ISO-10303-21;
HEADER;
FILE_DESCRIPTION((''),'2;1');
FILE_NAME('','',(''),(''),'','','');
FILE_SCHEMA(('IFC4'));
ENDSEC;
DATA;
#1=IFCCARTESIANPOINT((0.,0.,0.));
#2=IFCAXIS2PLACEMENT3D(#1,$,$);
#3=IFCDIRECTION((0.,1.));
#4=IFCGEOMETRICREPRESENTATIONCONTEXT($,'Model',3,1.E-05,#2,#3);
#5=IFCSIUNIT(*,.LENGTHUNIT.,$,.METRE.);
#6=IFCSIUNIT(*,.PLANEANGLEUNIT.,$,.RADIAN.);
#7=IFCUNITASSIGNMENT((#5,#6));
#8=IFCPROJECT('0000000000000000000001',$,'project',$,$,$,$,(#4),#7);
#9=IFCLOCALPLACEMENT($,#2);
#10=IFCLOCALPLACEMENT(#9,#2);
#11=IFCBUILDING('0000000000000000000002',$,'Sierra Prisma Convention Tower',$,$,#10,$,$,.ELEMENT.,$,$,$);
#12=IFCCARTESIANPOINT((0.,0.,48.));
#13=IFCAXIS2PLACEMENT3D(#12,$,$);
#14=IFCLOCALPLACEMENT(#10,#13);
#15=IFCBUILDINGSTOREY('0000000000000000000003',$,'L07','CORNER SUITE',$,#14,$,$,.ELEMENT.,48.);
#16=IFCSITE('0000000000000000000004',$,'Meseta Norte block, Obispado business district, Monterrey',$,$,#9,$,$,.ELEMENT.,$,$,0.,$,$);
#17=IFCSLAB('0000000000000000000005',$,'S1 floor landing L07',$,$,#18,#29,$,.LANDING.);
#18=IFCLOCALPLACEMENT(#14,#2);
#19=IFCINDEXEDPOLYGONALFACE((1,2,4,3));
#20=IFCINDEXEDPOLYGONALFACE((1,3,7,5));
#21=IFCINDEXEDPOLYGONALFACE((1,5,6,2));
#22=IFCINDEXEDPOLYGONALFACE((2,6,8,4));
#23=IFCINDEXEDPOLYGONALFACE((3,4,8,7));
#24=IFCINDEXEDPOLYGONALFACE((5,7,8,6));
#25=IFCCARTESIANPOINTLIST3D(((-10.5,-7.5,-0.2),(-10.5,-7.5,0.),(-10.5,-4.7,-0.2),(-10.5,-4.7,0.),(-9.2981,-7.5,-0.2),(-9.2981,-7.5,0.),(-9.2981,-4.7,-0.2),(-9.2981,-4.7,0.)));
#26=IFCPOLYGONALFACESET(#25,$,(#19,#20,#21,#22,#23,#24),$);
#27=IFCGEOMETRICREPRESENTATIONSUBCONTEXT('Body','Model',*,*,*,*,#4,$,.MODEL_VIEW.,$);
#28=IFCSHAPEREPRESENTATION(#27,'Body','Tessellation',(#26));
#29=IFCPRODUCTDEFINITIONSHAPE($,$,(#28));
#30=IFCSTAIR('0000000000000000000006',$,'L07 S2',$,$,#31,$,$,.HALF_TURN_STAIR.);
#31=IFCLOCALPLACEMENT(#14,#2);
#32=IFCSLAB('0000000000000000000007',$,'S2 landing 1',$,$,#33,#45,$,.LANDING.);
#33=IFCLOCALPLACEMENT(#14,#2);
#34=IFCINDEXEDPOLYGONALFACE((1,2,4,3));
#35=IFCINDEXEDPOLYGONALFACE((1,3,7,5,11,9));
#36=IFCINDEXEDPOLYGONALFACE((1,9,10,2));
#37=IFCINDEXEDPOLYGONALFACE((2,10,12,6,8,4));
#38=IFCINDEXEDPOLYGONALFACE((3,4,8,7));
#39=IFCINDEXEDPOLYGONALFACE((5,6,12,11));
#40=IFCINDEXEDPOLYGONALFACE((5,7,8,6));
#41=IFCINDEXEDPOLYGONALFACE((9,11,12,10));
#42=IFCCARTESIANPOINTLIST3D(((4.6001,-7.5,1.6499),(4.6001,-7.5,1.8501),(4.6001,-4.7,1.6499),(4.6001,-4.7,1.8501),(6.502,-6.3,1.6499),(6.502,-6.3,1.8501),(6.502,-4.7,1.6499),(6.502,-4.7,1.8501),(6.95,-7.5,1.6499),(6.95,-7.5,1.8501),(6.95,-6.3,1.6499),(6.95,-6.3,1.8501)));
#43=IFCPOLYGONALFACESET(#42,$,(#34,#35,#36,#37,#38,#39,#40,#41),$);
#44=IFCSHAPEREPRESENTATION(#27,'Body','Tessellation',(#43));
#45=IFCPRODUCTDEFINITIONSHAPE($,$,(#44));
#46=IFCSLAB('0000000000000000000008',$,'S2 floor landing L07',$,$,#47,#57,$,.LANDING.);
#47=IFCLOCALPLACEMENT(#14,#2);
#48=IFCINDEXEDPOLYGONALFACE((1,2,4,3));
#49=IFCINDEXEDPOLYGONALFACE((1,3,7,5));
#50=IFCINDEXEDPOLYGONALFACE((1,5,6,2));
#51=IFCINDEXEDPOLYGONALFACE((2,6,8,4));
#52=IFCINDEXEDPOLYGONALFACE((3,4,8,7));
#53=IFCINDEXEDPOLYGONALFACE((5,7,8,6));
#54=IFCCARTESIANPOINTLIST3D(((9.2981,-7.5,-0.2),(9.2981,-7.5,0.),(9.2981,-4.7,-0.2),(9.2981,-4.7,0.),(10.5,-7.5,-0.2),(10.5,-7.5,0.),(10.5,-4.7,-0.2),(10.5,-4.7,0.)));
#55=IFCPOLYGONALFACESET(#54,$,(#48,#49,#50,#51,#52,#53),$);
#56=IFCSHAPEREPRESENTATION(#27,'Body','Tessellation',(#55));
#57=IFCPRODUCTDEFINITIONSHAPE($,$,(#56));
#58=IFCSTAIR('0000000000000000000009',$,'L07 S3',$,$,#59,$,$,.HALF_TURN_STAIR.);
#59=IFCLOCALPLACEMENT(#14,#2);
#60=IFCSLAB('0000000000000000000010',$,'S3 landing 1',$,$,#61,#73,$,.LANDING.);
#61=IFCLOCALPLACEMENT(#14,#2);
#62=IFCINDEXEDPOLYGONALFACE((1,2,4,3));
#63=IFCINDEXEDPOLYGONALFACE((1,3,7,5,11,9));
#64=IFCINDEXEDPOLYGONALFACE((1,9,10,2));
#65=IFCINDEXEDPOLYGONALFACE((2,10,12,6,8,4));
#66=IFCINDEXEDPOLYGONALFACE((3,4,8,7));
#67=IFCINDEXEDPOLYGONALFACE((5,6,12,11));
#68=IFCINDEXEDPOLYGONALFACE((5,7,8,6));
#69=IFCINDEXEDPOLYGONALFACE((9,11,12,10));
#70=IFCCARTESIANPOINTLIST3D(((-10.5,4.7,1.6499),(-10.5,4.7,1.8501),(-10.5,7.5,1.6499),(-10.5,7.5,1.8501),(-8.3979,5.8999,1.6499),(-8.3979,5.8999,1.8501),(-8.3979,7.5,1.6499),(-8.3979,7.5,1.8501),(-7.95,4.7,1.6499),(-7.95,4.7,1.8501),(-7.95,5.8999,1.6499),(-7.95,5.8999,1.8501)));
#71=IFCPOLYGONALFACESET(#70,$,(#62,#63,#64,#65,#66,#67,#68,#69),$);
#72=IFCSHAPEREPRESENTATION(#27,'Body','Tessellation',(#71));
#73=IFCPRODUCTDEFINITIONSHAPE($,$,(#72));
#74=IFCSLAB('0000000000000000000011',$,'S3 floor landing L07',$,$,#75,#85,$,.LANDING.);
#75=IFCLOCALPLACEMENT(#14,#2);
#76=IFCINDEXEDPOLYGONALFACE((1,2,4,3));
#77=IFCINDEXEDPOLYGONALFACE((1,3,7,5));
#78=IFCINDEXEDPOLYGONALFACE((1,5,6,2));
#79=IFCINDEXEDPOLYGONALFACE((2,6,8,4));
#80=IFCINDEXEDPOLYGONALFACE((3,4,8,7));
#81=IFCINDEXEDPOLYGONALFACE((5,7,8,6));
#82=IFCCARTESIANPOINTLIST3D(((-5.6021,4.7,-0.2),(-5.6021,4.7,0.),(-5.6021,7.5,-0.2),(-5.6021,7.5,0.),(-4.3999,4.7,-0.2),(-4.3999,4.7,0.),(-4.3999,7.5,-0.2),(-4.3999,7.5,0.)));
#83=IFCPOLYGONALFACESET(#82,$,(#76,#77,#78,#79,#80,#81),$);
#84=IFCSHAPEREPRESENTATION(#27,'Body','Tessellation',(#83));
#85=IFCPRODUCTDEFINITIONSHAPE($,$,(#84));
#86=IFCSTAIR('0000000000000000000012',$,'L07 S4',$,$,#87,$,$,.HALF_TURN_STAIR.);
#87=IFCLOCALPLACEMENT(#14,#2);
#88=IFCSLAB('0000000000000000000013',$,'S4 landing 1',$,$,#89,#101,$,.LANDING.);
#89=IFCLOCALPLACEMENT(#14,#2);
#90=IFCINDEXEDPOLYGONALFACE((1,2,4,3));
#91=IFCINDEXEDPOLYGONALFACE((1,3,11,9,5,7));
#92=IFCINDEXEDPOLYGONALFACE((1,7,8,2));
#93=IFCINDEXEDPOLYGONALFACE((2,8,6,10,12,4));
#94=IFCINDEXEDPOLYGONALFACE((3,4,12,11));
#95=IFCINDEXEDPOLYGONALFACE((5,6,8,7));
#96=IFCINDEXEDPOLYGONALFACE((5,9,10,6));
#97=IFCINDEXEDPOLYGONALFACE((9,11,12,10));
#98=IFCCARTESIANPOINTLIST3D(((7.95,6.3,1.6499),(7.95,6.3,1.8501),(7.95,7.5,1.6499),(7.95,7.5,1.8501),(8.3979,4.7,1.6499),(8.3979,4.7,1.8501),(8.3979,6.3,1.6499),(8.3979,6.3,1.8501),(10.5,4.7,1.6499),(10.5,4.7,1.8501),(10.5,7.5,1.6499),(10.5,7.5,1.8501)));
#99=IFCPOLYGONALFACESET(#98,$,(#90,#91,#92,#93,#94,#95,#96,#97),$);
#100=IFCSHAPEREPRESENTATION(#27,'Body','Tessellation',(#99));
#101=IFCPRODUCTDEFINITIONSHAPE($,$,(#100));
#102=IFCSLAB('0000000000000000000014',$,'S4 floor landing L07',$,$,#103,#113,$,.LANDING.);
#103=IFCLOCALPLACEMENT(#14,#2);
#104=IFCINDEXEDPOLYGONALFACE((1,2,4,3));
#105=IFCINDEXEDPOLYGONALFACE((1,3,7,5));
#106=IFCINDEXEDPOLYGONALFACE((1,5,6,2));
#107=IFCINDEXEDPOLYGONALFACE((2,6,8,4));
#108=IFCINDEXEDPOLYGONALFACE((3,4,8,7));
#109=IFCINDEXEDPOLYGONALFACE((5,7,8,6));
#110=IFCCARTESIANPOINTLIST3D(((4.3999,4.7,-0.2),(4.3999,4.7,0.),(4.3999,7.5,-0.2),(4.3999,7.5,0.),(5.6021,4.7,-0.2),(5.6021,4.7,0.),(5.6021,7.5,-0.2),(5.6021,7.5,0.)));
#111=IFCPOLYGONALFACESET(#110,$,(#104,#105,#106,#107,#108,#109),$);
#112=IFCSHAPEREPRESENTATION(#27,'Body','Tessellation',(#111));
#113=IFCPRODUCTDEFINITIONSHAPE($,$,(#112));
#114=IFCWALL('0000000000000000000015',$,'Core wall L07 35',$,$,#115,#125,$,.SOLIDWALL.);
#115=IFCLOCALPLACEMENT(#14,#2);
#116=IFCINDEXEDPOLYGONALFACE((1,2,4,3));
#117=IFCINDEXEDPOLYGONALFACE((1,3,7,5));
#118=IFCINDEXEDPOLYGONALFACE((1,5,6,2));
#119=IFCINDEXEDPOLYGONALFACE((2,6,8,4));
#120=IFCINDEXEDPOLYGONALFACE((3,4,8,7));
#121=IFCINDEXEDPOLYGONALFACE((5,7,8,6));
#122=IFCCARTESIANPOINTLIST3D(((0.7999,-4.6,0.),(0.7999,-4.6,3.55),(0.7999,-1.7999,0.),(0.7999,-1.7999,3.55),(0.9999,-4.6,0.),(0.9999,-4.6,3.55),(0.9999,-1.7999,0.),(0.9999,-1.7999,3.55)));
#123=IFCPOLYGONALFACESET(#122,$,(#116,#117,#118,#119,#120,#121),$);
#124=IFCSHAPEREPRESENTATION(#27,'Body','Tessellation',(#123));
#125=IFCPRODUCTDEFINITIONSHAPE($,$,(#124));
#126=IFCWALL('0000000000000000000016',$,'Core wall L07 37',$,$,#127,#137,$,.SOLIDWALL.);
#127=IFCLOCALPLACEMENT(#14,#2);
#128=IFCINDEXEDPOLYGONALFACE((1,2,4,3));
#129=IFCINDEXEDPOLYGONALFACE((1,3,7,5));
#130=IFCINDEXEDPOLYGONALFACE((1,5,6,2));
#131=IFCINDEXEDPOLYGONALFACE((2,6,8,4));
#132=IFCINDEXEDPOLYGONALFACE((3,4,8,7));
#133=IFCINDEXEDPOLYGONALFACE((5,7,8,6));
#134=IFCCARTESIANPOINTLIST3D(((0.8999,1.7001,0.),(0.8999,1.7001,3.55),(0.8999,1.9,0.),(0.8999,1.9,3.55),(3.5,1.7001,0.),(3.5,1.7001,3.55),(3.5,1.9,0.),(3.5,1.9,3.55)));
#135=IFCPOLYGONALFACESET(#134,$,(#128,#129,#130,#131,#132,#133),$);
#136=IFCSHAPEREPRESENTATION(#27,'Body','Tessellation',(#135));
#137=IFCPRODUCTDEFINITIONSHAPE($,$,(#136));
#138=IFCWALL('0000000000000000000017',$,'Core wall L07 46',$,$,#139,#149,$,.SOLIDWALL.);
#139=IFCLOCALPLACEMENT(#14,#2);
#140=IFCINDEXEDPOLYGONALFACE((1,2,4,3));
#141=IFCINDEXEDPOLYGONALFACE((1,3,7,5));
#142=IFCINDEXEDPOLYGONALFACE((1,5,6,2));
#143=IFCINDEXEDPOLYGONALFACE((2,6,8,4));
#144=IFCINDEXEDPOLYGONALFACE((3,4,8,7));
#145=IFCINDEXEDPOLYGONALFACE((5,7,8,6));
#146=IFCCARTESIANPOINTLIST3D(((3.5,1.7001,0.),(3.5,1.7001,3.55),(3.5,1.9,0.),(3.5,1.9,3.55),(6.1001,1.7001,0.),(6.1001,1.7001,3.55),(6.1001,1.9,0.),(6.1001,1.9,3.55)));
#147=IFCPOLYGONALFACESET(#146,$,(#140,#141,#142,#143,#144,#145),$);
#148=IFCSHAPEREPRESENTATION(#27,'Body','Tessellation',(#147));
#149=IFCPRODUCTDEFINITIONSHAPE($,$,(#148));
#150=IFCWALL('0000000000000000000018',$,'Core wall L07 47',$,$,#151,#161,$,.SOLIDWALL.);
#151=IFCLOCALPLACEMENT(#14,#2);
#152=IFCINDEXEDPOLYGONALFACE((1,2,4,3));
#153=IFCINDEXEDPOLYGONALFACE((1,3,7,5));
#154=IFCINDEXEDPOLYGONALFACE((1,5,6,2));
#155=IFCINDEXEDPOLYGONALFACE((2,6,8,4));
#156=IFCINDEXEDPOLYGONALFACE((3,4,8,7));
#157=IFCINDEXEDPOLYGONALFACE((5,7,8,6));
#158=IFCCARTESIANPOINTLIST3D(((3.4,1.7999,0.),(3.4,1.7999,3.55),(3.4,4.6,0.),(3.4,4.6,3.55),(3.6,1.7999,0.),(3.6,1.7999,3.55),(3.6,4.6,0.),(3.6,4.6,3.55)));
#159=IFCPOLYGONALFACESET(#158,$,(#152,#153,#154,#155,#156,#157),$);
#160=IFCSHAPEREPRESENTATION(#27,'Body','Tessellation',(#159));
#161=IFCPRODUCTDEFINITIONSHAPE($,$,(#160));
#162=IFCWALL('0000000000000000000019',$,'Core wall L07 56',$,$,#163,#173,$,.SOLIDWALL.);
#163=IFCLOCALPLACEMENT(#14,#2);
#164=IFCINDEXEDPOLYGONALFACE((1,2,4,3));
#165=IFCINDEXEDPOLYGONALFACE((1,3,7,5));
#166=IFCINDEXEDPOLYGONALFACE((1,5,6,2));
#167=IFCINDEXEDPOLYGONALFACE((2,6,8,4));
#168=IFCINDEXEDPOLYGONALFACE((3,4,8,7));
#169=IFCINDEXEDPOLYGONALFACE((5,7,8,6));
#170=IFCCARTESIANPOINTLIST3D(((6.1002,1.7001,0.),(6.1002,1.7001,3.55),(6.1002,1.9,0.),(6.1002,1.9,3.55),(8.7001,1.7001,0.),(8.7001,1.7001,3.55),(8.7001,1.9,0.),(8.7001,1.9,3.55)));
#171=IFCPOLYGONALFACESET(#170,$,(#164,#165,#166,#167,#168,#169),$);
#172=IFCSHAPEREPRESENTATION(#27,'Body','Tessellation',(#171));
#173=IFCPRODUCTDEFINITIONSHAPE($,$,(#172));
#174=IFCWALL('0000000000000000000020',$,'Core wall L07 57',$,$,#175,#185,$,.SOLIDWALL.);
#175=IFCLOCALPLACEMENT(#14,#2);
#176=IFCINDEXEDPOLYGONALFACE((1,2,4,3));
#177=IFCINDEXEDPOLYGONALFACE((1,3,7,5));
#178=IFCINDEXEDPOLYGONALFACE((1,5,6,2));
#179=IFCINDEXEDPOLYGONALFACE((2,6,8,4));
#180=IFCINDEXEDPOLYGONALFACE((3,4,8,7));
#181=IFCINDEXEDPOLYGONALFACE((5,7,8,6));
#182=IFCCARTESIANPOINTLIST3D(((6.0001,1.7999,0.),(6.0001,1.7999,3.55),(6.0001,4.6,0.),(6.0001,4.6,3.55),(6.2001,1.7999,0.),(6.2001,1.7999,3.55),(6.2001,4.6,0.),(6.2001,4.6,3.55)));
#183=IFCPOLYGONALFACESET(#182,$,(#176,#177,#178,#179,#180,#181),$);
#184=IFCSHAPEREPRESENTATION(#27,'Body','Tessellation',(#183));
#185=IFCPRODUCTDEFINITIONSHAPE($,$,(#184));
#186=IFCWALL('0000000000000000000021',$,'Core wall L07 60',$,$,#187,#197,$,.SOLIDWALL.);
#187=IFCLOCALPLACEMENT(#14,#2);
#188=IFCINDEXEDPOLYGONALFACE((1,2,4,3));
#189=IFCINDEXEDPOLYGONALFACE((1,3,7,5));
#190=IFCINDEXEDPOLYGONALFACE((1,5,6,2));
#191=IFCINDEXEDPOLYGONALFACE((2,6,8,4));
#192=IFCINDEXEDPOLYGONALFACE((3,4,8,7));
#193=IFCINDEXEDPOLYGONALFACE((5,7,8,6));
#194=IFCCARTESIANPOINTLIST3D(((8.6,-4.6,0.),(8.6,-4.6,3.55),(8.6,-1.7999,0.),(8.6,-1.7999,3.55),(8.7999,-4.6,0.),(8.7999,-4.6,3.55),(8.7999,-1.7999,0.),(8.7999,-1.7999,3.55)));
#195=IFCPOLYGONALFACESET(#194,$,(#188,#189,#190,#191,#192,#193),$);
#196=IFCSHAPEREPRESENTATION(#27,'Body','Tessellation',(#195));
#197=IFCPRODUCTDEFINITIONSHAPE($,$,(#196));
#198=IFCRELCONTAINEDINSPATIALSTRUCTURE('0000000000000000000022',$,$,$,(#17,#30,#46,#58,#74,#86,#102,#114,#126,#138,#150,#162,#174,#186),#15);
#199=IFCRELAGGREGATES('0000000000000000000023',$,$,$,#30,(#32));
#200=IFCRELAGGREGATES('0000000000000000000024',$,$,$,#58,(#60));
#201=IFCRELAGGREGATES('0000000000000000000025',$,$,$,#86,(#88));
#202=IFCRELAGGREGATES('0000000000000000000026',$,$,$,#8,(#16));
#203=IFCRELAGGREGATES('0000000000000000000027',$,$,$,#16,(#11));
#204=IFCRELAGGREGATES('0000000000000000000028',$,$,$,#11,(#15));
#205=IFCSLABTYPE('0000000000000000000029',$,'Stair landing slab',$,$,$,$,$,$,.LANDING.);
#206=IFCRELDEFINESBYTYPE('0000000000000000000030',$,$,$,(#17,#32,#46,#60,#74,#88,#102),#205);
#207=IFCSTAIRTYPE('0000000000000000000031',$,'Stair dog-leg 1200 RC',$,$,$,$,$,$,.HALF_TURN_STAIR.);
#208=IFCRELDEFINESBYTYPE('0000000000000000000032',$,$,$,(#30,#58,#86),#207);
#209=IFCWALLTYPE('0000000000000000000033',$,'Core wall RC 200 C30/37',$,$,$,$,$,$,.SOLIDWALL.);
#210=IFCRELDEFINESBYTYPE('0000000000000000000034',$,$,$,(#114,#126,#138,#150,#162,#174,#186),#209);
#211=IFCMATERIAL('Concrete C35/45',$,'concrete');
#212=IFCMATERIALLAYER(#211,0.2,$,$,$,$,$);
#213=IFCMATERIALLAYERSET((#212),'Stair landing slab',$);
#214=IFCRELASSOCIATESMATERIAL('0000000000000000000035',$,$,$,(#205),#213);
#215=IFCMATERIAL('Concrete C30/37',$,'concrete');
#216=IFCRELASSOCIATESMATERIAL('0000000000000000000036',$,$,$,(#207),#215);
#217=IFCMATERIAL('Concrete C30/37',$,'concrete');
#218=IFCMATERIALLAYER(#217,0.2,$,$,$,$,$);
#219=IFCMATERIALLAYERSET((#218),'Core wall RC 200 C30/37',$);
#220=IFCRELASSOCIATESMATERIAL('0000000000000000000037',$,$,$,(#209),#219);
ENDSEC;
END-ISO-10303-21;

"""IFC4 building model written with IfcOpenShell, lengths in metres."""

from ifc_helpers import new_model, si_unit, direction, frame, frame_2d, origin, place, context, subcontext, project, spatial, polyline, rectangle, outline, extrude, material, layer, layer_set, type_object, element, aggregate, save


model = new_model("IFC4")

# Units and contexts
model_context = context("Model", 3, precision=1e-05, world=origin(), true_north=direction((0.0, 1.0)))
body_context = subcontext(model_context, "Body", "Model", "MODEL_VIEW")
ifc_project = project(units=[si_unit("LENGTHUNIT", "METRE"), si_unit("PLANEANGLEUNIT", "RADIAN")], contexts=[model_context])

# Site, building, storey
site_placement = place(None, origin())
site = spatial("IfcSite", under=ifc_project, at=site_placement, Name="Meseta Norte block, Obispado business district, Monterrey", CompositionType="ELEMENT", RefElevation=0.0)
building_placement = place(site_placement, origin())
building = spatial("IfcBuilding", under=site, at=building_placement, Name="Sierra Prisma Convention Tower", CompositionType="ELEMENT")
storey_placement = place(building_placement, frame((0.0, 0.0, 48.0)))
storey = spatial("IfcBuildingStorey", under=building, at=storey_placement, Name="L07", Description="CORNER SUITE", CompositionType="ELEMENT", Elevation=48.0)

# Slab
ifc_material_1 = material(Name="Concrete C35/45", Category="concrete")
ifc_layer_1 = layer(ifc_material_1, 0.2)
ifc_layer_set_1 = layer_set([ifc_layer_1], Name="Stair landing slab")
slab_type = type_object("IfcSlabType", Name="Stair landing slab", PredefinedType="LANDING", material=ifc_layer_set_1)
slab_1_placement = place(storey_placement, frame((0.0, 0.0, -0.2)))
element("IfcSlab", 1, at=slab_1_placement, inside=storey, type_object=slab_type, Name="S1 floor landing L07", PredefinedType="LANDING", context=body_context, shape_type="SweptSolid", body=[
    extrude(outline(polyline([(-10.5, -7.5), (-9.2981, -7.5), (-9.2981, -4.7), (-10.5, -4.7), (-10.5, -7.5)])), origin(), (0.0, 0.0, 1.0), 0.2),
])

# Stair, slab
ifc_material_2 = material(Name="Concrete C30/37", Category="concrete")
stair_type = type_object("IfcStairType", Name="Stair dog-leg 1200 RC", PredefinedType="HALF_TURN_STAIR", material=ifc_material_2)
stair_1_placement = place(storey_placement, origin())
stair_1 = element("IfcStair", 2, at=stair_1_placement, inside=storey, type_object=stair_type, Name="L07 S2", PredefinedType="HALF_TURN_STAIR")
slab_2_placement = place(storey_placement, frame((0.0, 0.0, 1.6499)))
slab_2 = element("IfcSlab", 3, at=slab_2_placement, type_object=slab_type, Name="S2 landing 1", PredefinedType="LANDING", context=body_context, shape_type="SweptSolid", body=[
    extrude(outline(polyline([(6.95, -6.3), (6.95, -7.5), (4.6001, -7.5), (4.6001, -4.7), (6.502, -4.7), (6.502, -6.3), (6.95, -6.3)])), origin(), (0.0, 0.0, 1.0), 0.2002),
])
aggregate(stair_1, [slab_2])

# Slab
slab_3_placement = place(storey_placement, frame((0.0, 0.0, -0.2)))
element("IfcSlab", 4, at=slab_3_placement, inside=storey, type_object=slab_type, Name="S2 floor landing L07", PredefinedType="LANDING", context=body_context, shape_type="SweptSolid", body=[
    extrude(outline(polyline([(10.5, -4.7), (9.2981, -4.7), (9.2981, -7.5), (10.5, -7.5), (10.5, -4.7)])), origin(), (0.0, 0.0, 1.0), 0.2),
])

# Stair, slab
stair_2_placement = place(storey_placement, origin())
stair_2 = element("IfcStair", 5, at=stair_2_placement, inside=storey, type_object=stair_type, Name="L07 S3", PredefinedType="HALF_TURN_STAIR")
slab_4_placement = place(storey_placement, frame((0.0, 0.0, 1.6499)))
slab_4 = element("IfcSlab", 6, at=slab_4_placement, type_object=slab_type, Name="S3 landing 1", PredefinedType="LANDING", context=body_context, shape_type="SweptSolid", body=[
    extrude(outline(polyline([(-7.95, 5.8999), (-7.95, 4.7), (-10.5, 4.7), (-10.5, 7.5), (-8.3979, 7.5), (-8.3979, 5.8999), (-7.95, 5.8999)])), origin(), (0.0, 0.0, 1.0), 0.2002),
])
aggregate(stair_2, [slab_4])

# Slab
slab_5_placement = place(storey_placement, frame((0.0, 0.0, -0.2)))
element("IfcSlab", 7, at=slab_5_placement, inside=storey, type_object=slab_type, Name="S3 floor landing L07", PredefinedType="LANDING", context=body_context, shape_type="SweptSolid", body=[
    extrude(outline(polyline([(-4.3999, 7.5), (-5.6021, 7.5), (-5.6021, 4.7), (-4.3999, 4.7), (-4.3999, 7.5)])), origin(), (0.0, 0.0, 1.0), 0.2),
])

# Stair, slab
stair_3_placement = place(storey_placement, origin())
stair_3 = element("IfcStair", 8, at=stair_3_placement, inside=storey, type_object=stair_type, Name="L07 S4", PredefinedType="HALF_TURN_STAIR")
slab_6_placement = place(storey_placement, frame((0.0, 0.0, 1.6499)))
slab_6 = element("IfcSlab", 9, at=slab_6_placement, type_object=slab_type, Name="S4 landing 1", PredefinedType="LANDING", context=body_context, shape_type="SweptSolid", body=[
    extrude(outline(polyline([(10.5, 7.5), (10.5, 4.7), (8.3979, 4.7), (8.3979, 6.3), (7.95, 6.3), (7.95, 7.5), (10.5, 7.5)])), origin(), (0.0, 0.0, 1.0), 0.2002),
])
aggregate(stair_3, [slab_6])

# Slab
slab_7_placement = place(storey_placement, frame((0.0, 0.0, -0.2)))
element("IfcSlab", 10, at=slab_7_placement, inside=storey, type_object=slab_type, Name="S4 floor landing L07", PredefinedType="LANDING", context=body_context, shape_type="SweptSolid", body=[
    extrude(outline(polyline([(4.3999, 4.7), (5.6021, 4.7), (5.6021, 7.5), (4.3999, 7.5), (4.3999, 4.7)])), origin(), (0.0, 0.0, 1.0), 0.2),
])

# Shared definitions
ifc_material_3 = material(Name="Concrete C30/37", Category="concrete")
ifc_layer_2 = layer(ifc_material_3, 0.2)
ifc_layer_set_2 = layer_set([ifc_layer_2], Name="Core wall RC 200 C30/37")
wall_type = type_object("IfcWallType", Name="Core wall RC 200 C30/37", PredefinedType="SOLIDWALL", material=ifc_layer_set_2)

# Walls
wall_1_placement = place(storey_placement, frame((0.8999, -1.8, 0.0), z_axis=(0.0, 0.0, 1.0), x_axis=(0.0, -1.0, 0.0)))
element("IfcWall", 11, at=wall_1_placement, inside=storey, type_object=wall_type, Name="Core wall L07 35", PredefinedType="SOLIDWALL", context=body_context, shape_type="SweptSolid", body=[
    extrude(rectangle(XDim=2.8, YDim=0.2, at=frame_2d((1.3999, 0.0))), origin(), (0.0, 0.0, 1.0), 3.55),
])
wall_2_placement = place(storey_placement, frame((3.5, 1.8, 0.0), z_axis=(0.0, 0.0, 1.0), x_axis=(-1.0, 0.0, 0.0)))
element("IfcWall", 12, at=wall_2_placement, inside=storey, type_object=wall_type, Name="Core wall L07 37", PredefinedType="SOLIDWALL", context=body_context, shape_type="SweptSolid", body=[
    extrude(rectangle(XDim=2.6001, YDim=0.2, at=frame_2d((1.3, 0.0))), origin(), (0.0, 0.0, 1.0), 3.55),
])

# Walls
wall_3_placement = place(storey_placement, frame((6.1001, 1.8, 0.0), z_axis=(0.0, 0.0, 1.0), x_axis=(-1.0, 0.0, 0.0)))
element("IfcWall", 13, at=wall_3_placement, inside=storey, type_object=wall_type, Name="Core wall L07 46", PredefinedType="SOLIDWALL", context=body_context, shape_type="SweptSolid", body=[
    extrude(rectangle(XDim=2.6001, YDim=0.2, at=frame_2d((1.3, 0.0))), origin(), (0.0, 0.0, 1.0), 3.55),
])
wall_4_placement = place(storey_placement, frame((3.5, 1.8, 0.0), z_axis=(0.0, 0.0, 1.0), x_axis=(0.0, 1.0, 0.0)))
element("IfcWall", 14, at=wall_4_placement, inside=storey, type_object=wall_type, Name="Core wall L07 47", PredefinedType="SOLIDWALL", context=body_context, shape_type="SweptSolid", body=[
    extrude(rectangle(XDim=2.8, YDim=0.2, at=frame_2d((1.3999, 0.0))), origin(), (0.0, 0.0, 1.0), 3.55),
])

# Walls
wall_5_placement = place(storey_placement, frame((8.7, 1.8, 0.0), z_axis=(0.0, 0.0, 1.0), x_axis=(-1.0, 0.0, 0.0)))
element("IfcWall", 15, at=wall_5_placement, inside=storey, type_object=wall_type, Name="Core wall L07 56", PredefinedType="SOLIDWALL", context=body_context, shape_type="SweptSolid", body=[
    extrude(rectangle(XDim=2.5999, YDim=0.2, at=frame_2d((1.2998, 0.0))), origin(), (0.0, 0.0, 1.0), 3.55),
])
for number, where, z_axis, x_axis, name in (
    (16, (6.1001, 1.8, 0.0), (0.0, 0.0, 1.0), (0.0, 1.0, 0.0), "Core wall L07 57"),
    (17, (8.7, -1.8, 0.0), (0.0, 0.0, 1.0), (0.0, -1.0, 0.0), "Core wall L07 60"),
):
    element("IfcWall", number, at=place(storey_placement, frame(where, z_axis=z_axis, x_axis=x_axis)), inside=storey, type_object=wall_type, Name=name, PredefinedType="SOLIDWALL", context=body_context, shape_type="SweptSolid", body=[
        extrude(rectangle(XDim=2.8, YDim=0.2, at=frame_2d((1.3999, 0.0))), origin(), (0.0, 0.0, 1.0), 3.55),
    ])

save(model, "model.ifc")
